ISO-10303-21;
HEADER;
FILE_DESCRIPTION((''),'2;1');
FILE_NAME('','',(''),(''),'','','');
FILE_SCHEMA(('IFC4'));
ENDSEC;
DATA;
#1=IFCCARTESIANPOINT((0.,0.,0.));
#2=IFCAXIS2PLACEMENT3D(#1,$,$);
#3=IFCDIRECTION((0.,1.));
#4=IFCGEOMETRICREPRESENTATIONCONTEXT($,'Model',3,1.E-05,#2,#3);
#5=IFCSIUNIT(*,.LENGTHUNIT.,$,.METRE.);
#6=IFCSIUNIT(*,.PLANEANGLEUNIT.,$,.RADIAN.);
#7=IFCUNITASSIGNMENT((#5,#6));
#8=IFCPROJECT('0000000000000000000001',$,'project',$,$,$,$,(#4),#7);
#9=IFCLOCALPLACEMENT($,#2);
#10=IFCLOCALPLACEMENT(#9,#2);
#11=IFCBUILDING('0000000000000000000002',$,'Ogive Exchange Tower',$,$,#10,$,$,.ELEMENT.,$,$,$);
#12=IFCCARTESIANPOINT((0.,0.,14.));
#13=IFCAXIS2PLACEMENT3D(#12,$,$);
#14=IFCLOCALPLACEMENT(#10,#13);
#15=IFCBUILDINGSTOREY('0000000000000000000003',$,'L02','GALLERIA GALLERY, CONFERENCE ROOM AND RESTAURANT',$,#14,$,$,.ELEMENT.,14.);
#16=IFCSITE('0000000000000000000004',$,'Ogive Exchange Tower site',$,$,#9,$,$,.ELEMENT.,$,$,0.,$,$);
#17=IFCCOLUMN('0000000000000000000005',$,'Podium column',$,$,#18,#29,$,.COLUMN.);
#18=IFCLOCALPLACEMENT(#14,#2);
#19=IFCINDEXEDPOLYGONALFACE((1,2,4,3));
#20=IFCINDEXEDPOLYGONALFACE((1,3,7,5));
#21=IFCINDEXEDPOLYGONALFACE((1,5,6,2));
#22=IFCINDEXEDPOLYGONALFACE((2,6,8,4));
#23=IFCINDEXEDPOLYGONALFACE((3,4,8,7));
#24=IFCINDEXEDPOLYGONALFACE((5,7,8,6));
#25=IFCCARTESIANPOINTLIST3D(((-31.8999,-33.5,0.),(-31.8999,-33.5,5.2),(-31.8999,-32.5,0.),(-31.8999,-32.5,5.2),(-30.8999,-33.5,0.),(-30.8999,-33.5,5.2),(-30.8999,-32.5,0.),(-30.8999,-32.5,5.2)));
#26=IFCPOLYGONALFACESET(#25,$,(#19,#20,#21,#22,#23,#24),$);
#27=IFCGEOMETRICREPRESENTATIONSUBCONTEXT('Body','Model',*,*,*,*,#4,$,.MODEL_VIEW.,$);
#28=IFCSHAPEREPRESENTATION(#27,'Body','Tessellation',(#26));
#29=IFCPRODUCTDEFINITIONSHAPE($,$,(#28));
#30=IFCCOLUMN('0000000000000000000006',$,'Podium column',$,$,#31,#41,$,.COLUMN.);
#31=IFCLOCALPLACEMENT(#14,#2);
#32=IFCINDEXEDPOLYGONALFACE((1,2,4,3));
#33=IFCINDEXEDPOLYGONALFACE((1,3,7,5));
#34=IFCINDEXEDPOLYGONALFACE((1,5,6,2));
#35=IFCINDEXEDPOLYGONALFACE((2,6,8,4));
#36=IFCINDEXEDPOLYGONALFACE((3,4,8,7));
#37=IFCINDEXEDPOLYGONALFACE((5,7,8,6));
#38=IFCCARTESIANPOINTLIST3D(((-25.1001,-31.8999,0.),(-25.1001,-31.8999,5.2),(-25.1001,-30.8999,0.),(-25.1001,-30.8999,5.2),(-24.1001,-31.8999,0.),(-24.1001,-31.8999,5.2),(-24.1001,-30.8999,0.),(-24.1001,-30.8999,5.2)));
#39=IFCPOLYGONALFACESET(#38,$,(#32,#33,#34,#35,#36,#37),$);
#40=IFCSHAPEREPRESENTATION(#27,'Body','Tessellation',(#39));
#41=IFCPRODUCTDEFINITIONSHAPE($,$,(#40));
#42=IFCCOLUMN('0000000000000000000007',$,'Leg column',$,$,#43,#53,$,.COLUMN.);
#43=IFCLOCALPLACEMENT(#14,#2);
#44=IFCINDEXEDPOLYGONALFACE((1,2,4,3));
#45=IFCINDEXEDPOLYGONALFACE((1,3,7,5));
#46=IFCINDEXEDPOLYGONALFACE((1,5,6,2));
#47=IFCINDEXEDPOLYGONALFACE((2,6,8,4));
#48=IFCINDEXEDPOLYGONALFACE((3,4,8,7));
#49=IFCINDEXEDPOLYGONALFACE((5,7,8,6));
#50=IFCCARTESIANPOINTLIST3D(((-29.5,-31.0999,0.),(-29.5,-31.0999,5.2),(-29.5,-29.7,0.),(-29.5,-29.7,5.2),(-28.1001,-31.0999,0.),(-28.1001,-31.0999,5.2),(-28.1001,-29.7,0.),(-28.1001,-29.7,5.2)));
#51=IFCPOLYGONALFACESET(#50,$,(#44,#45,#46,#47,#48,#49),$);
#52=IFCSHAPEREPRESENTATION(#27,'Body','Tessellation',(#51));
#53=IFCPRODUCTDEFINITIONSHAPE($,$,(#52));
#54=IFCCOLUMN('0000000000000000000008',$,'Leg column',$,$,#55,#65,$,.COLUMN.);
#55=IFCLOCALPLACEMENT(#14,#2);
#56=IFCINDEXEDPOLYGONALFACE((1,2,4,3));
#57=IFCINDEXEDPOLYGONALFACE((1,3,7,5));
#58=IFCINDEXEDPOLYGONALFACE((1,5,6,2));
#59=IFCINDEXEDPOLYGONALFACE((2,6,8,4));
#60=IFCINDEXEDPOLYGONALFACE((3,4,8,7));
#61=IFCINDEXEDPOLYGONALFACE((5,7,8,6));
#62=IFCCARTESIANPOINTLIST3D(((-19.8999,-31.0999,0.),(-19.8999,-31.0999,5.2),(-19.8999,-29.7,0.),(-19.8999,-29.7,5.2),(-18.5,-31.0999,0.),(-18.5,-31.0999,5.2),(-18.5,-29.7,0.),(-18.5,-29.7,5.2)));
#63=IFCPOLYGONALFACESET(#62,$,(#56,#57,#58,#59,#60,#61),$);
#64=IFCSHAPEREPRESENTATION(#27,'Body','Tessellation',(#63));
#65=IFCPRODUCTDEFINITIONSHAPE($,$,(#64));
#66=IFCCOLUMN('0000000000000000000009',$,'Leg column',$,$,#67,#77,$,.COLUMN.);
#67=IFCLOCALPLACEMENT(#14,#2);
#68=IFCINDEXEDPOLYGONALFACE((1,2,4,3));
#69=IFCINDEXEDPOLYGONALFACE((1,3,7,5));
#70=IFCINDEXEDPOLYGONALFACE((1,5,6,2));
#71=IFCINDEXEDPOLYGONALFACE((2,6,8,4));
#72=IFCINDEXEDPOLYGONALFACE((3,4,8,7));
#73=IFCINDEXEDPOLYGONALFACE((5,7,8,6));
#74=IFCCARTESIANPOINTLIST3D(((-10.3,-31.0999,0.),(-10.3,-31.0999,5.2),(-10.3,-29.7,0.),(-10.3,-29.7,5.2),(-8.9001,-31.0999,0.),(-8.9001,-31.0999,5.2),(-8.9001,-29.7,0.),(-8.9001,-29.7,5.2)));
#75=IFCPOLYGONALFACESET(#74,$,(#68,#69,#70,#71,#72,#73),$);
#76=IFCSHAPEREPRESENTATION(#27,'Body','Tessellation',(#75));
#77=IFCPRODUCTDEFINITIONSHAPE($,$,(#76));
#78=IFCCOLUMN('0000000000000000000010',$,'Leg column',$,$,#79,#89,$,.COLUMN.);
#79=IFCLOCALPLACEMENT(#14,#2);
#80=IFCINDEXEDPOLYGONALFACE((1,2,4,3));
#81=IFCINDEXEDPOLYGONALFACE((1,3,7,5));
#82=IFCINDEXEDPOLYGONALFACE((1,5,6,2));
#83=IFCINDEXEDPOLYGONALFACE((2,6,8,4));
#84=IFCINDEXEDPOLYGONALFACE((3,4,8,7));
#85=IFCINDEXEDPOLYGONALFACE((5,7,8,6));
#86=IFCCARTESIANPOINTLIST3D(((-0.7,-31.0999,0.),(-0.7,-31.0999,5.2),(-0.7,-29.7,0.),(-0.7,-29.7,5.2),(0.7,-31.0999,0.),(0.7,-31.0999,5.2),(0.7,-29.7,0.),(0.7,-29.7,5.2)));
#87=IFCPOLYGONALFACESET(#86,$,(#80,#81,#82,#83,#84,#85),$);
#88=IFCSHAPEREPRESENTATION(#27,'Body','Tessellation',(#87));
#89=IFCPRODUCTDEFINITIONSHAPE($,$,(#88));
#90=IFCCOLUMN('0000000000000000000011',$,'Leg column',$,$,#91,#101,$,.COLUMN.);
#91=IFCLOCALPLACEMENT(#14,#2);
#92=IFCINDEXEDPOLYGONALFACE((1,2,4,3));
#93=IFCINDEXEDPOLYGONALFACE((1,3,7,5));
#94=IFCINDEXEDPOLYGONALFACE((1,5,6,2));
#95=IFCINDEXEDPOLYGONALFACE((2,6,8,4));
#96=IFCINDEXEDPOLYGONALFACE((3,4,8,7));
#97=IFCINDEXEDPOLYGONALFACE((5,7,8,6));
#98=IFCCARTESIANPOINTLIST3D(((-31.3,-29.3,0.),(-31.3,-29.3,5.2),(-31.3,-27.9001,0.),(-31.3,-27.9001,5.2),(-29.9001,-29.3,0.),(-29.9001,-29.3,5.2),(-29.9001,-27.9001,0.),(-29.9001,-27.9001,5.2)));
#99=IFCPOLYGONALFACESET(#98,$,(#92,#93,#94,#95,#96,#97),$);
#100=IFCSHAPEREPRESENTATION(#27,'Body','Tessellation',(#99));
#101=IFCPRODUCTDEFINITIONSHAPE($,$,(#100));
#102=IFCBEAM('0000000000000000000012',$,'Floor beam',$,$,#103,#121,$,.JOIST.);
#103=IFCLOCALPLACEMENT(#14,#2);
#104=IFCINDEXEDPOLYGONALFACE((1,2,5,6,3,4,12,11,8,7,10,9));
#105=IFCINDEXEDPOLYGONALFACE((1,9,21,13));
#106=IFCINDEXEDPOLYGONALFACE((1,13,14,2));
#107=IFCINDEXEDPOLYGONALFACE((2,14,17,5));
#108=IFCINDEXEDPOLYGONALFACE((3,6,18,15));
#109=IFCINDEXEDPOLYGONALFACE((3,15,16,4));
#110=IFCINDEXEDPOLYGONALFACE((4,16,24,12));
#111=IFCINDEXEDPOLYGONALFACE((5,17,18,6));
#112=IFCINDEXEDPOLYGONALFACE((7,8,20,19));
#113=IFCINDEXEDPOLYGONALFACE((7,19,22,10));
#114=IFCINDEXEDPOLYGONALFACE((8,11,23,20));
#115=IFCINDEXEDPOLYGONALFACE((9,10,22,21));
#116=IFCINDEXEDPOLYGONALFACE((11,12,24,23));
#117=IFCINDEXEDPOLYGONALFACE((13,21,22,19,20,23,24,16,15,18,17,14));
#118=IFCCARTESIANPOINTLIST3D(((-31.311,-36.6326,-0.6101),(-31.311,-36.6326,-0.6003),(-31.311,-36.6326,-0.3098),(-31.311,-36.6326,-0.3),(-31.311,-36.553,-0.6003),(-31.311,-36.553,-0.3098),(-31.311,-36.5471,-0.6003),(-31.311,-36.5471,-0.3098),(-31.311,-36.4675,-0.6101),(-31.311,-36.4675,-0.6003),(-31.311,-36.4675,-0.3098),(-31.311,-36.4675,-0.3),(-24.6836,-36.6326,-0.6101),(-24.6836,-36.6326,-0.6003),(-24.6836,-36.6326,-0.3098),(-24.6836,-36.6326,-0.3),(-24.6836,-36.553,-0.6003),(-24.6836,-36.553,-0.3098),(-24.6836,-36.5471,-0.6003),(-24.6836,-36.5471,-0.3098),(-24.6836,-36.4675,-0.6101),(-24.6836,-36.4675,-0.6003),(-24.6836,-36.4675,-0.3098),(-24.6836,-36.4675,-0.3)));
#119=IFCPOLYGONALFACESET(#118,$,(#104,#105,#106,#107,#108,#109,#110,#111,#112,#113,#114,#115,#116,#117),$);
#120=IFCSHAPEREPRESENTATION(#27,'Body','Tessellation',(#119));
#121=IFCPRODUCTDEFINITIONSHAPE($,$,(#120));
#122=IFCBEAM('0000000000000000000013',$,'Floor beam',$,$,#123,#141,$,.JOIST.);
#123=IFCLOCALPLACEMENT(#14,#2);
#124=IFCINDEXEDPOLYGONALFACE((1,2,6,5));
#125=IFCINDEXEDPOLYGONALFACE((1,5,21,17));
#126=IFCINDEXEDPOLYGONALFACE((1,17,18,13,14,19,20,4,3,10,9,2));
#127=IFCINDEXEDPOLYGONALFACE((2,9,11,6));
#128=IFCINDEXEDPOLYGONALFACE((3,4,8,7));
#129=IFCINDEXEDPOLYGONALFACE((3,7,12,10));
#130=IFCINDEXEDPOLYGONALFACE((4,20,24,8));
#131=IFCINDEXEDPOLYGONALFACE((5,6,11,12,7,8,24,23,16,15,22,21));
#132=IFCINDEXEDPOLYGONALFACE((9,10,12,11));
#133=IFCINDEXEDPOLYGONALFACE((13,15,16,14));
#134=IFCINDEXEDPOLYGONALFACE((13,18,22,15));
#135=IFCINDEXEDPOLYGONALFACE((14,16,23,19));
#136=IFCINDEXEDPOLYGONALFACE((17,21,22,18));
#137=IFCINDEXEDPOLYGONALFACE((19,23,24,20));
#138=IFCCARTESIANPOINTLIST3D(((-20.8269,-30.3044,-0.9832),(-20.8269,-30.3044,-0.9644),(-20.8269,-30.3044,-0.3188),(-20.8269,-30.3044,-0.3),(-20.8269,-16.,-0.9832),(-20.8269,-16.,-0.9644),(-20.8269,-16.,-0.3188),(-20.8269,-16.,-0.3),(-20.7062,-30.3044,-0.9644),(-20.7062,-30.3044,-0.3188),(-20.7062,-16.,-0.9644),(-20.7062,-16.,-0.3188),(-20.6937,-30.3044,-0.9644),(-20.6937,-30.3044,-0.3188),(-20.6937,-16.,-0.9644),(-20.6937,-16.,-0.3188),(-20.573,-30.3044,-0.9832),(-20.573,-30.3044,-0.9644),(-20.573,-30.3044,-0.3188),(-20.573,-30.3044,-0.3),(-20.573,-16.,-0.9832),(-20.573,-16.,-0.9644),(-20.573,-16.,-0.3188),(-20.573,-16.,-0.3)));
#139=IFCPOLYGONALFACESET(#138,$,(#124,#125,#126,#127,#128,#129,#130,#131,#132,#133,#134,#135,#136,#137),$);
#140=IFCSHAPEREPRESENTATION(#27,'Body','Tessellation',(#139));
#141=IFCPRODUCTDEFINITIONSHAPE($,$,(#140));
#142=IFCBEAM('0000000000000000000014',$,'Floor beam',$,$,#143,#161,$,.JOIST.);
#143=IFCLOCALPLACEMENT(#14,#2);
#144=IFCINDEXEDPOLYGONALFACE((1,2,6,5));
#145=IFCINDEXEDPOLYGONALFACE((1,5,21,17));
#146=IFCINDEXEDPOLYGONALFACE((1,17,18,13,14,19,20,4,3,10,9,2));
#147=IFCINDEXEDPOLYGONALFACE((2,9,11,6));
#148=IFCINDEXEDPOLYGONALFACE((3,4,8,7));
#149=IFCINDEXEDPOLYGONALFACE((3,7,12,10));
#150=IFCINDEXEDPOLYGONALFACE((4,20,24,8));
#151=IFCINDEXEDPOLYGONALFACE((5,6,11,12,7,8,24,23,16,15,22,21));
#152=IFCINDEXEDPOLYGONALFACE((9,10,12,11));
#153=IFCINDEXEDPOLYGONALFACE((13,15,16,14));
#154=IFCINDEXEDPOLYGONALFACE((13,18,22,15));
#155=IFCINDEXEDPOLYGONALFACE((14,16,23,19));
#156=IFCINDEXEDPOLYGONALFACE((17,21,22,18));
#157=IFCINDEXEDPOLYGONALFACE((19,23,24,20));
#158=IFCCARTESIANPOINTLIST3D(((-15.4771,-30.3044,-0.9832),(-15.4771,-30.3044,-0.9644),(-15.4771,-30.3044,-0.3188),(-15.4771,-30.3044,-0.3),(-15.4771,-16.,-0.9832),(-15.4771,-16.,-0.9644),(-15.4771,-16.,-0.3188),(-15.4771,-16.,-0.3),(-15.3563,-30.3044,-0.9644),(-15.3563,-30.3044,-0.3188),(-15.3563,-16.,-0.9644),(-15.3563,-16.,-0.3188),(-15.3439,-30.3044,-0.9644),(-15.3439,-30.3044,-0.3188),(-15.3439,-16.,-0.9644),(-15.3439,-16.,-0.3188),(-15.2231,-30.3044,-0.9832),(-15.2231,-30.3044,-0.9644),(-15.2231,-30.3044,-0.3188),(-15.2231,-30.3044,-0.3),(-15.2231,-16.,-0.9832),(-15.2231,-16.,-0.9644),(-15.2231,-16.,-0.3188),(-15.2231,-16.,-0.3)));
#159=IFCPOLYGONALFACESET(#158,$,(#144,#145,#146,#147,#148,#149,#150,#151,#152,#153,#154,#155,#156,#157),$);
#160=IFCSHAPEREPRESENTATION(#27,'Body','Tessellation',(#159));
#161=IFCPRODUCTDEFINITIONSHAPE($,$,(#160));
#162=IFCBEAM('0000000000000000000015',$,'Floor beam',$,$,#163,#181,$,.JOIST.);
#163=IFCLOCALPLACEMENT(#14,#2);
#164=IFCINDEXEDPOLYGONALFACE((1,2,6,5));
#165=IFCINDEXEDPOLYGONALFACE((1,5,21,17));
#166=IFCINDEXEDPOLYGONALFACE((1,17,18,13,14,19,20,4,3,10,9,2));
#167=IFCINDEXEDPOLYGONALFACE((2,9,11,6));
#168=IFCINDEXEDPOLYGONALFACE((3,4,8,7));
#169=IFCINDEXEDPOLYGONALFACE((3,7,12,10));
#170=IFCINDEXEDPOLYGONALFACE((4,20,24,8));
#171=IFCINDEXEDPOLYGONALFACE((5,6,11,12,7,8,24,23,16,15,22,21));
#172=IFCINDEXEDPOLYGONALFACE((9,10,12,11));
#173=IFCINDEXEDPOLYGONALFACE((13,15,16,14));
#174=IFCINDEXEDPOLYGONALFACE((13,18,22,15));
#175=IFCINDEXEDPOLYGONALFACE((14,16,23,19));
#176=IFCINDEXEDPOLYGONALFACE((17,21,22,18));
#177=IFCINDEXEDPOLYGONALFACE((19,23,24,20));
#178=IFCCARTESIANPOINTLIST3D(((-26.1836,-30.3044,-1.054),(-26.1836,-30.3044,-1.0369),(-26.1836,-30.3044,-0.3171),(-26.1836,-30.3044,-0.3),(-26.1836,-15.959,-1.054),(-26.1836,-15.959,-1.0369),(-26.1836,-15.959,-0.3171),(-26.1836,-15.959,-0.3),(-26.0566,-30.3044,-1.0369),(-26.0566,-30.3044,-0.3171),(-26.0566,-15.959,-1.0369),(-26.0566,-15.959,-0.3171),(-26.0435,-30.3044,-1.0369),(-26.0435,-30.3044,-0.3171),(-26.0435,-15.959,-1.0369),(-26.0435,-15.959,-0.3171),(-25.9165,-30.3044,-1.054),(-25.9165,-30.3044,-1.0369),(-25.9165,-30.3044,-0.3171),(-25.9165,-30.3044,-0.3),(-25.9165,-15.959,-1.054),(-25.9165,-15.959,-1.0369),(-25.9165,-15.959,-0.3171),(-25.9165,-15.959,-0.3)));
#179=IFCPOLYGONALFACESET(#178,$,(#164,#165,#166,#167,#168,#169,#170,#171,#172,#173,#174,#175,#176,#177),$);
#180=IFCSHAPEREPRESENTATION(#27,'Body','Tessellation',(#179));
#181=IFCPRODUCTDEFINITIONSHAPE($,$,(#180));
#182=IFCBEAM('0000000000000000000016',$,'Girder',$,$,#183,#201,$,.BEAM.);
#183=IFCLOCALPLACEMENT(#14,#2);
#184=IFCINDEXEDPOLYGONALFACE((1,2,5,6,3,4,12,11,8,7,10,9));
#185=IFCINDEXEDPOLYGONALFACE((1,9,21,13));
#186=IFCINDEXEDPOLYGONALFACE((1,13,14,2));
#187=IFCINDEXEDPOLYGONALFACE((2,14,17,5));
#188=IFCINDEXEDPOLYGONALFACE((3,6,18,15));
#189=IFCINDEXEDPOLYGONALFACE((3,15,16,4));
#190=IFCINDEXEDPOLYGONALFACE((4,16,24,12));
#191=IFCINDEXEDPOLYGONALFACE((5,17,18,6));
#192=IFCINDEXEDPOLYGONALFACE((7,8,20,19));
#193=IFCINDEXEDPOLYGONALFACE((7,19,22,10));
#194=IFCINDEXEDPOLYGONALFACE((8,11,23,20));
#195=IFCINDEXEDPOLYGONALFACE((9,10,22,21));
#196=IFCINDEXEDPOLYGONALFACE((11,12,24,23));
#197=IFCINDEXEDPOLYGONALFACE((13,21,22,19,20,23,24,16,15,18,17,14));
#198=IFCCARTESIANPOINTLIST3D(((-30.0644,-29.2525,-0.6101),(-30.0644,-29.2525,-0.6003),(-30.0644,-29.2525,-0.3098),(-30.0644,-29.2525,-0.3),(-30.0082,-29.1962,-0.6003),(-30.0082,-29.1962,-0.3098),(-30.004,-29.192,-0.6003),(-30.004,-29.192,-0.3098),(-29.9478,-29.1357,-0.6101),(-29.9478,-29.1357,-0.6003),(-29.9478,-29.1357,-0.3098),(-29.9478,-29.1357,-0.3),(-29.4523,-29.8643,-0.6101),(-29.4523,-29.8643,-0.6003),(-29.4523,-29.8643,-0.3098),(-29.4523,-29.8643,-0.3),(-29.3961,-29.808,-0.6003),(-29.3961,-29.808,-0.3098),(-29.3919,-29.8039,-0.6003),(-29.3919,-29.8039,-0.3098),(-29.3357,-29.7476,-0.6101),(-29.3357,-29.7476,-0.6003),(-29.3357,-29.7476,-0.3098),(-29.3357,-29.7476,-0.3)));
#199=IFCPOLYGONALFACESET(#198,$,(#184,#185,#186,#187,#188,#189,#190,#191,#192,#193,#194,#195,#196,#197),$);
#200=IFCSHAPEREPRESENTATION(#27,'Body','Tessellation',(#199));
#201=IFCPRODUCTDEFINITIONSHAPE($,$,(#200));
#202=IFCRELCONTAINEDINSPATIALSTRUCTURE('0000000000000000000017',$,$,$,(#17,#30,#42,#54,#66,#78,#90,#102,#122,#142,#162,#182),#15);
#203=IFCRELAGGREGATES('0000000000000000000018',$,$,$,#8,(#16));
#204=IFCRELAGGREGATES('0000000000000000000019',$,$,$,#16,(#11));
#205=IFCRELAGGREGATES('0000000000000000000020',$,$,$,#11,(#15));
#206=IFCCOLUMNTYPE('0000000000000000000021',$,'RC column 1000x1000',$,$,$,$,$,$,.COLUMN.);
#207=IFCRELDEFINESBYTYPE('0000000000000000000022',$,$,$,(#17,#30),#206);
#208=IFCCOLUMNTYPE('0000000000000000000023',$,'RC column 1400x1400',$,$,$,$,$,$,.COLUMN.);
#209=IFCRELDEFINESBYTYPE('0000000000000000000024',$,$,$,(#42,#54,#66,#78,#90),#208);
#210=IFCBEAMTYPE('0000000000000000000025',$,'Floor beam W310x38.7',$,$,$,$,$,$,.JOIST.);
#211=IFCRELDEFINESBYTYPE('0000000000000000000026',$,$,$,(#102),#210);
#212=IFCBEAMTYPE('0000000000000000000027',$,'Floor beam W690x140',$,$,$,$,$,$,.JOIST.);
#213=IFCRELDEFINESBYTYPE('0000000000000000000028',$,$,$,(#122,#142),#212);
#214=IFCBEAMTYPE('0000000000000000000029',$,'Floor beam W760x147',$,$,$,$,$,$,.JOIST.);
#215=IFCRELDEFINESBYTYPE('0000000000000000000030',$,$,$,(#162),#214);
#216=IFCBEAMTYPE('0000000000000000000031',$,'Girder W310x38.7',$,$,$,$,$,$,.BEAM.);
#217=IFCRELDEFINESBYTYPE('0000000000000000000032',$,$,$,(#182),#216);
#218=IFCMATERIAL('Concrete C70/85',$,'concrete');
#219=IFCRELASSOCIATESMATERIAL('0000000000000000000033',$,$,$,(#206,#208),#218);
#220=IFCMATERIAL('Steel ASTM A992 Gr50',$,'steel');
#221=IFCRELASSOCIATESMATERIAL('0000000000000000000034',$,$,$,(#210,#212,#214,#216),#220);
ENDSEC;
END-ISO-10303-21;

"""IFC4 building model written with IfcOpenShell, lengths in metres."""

from ifc_helpers import new_model, si_unit, direction, frame, origin, origin_2d, place, context, subcontext, project, spatial, rectangle, i_section, extrude, material, material_profile, profile_set, type_object, element, save


model = new_model("IFC4")

# Units and contexts
model_context = context("Model", 3, precision=1e-05, world=origin(), true_north=direction((0.0, 1.0)))
body_context = subcontext(model_context, "Body", "Model", "MODEL_VIEW")
ifc_project = project(units=[si_unit("LENGTHUNIT", "METRE"), si_unit("PLANEANGLEUNIT", "RADIAN")], contexts=[model_context])

# Site, building, storey
site_placement = place(None, origin())
site = spatial("IfcSite", under=ifc_project, at=site_placement, Name="Ogive Exchange Tower site", CompositionType="ELEMENT", RefElevation=0.0)
building_placement = place(site_placement, origin())
building = spatial("IfcBuilding", under=site, at=building_placement, Name="Ogive Exchange Tower", CompositionType="ELEMENT")
storey_placement = place(building_placement, frame((0.0, 0.0, 14.0)))
storey = spatial("IfcBuildingStorey", under=building, at=storey_placement, Name="L02", Description="GALLERIA GALLERY, CONFERENCE ROOM AND RESTAURANT", CompositionType="ELEMENT", Elevation=14.0)

# Columns
ifc_material_1 = material(Name="Concrete C70/85", Category="concrete")
ifc_material_profile_1 = material_profile(ifc_material_1, rectangle(XDim=1.0, YDim=1.0, at=origin_2d()), Name="RC 1000x1000")
ifc_profile_set_1 = profile_set([ifc_material_profile_1], Name="Concrete C70/85")
column_type_1 = type_object("IfcColumnType", Name="RC column 1000x1000", PredefinedType="COLUMN", material=ifc_profile_set_1)
for number, where, z_axis, x_axis, name in (
    (1, (-31.3999, -33.0, 0.0), (0.0, 0.0, 1.0), (1.0, 0.0, 0.0), "Podium column"),
    (2, (-24.6001, -31.3999, 0.0), (0.0, 0.0, 1.0), (1.0, 0.0, 0.0), "Podium column"),
):
    element("IfcColumn", number, at=place(storey_placement, frame(where, z_axis=z_axis, x_axis=x_axis)), inside=storey, type_object=column_type_1, Name=name, PredefinedType="COLUMN", context=body_context, shape_type="SweptSolid", body=[
        extrude(rectangle(XDim=1.0, YDim=1.0, at=origin_2d()), origin(), (0.0, 0.0, 1.0), 5.2),
    ])
ifc_material_profile_2 = material_profile(ifc_material_1, rectangle(XDim=1.3999, YDim=1.3999, at=origin_2d()), Name="RC 1400x1400")
ifc_profile_set_2 = profile_set([ifc_material_profile_2], Name="Concrete C70/85")
column_type_2 = type_object("IfcColumnType", Name="RC column 1400x1400", PredefinedType="COLUMN", material=ifc_profile_set_2)
for number, where, z_axis, x_axis, name in (
    (3, (-28.8, -30.3999, 0.0), (0.0, 0.0, 1.0), (1.0, 0.0, 0.0), "Leg column"),
    (4, (-19.2, -30.3999, 0.0), (0.0, 0.0, 1.0), (1.0, 0.0, 0.0), "Leg column"),
    (5, (-9.6001, -30.3999, 0.0), (0.0, 0.0, 1.0), (1.0, 0.0, 0.0), "Leg column"),
    (6, (0.0, -30.3999, 0.0), (0.0, 0.0, 1.0), (1.0, 0.0, 0.0), "Leg column"),
    (7, (-30.6001, -28.6001, 0.0), (0.0, 0.0, 1.0), (1.0, 0.0, 0.0), "Leg column"),
):
    element("IfcColumn", number, at=place(storey_placement, frame(where, z_axis=z_axis, x_axis=x_axis)), inside=storey, type_object=column_type_2, Name=name, PredefinedType="COLUMN", context=body_context, shape_type="SweptSolid", body=[
        extrude(rectangle(XDim=1.3999, YDim=1.3999, at=origin_2d()), origin(), (0.0, 0.0, 1.0), 5.2),
    ])

# Beams
ifc_material_2 = material(Name="Steel ASTM A992 Gr50", Category="steel")
ifc_material_profile_3 = material_profile(ifc_material_2, i_section(OverallWidth=0.165, OverallDepth=0.3101, WebThickness=0.0059, FlangeThickness=0.0098, at=origin_2d()), Name="W310x38.7")
ifc_profile_set_3 = profile_set([ifc_material_profile_3], Name="Steel ASTM A992 Gr50")
beam_type_1 = type_object("IfcBeamType", Name="Floor beam W310x38.7", PredefinedType="JOIST", material=ifc_profile_set_3)
beam_1_placement = place(storey_placement, frame((-31.311, -36.55, -0.4551), z_axis=(1.0, 0.0, 0.0), x_axis=(0.0, 1.0, 0.0)))
element("IfcBeam", 8, at=beam_1_placement, inside=storey, type_object=beam_type_1, Name="Floor beam", PredefinedType="JOIST", context=body_context, shape_type="SweptSolid", body=[
    extrude(i_section(OverallWidth=0.165, OverallDepth=0.3101, WebThickness=0.0059, FlangeThickness=0.0098, at=origin_2d()), origin(), (0.0, 0.0, 1.0), 6.6274),
])
ifc_material_profile_4 = material_profile(ifc_material_2, i_section(OverallWidth=0.2539, OverallDepth=0.6831, WebThickness=0.0125, FlangeThickness=0.0188, at=origin_2d()), Name="W690x140")
ifc_profile_set_4 = profile_set([ifc_material_profile_4], Name="Steel ASTM A992 Gr50")
beam_type_2 = type_object("IfcBeamType", Name="Floor beam W690x140", PredefinedType="JOIST", material=ifc_profile_set_4)
for number, where, z_axis, x_axis, name in (
    (9, (-20.7, -30.3044, -0.6416), (0.0, 1.0, 0.0), (-1.0, 0.0, 0.0), "Floor beam"),
    (10, (-15.3501, -30.3044, -0.6416), (0.0, 1.0, 0.0), (-1.0, 0.0, 0.0), "Floor beam"),
):
    element("IfcBeam", number, at=place(storey_placement, frame(where, z_axis=z_axis, x_axis=x_axis)), inside=storey, type_object=beam_type_2, Name=name, PredefinedType="JOIST", context=body_context, shape_type="SweptSolid", body=[
        extrude(i_section(OverallWidth=0.2539, OverallDepth=0.6831, WebThickness=0.0125, FlangeThickness=0.0188, at=origin_2d()), origin(), (0.0, 0.0, 1.0), 14.3044),
    ])
ifc_material_profile_5 = material_profile(ifc_material_2, i_section(OverallWidth=0.2671, OverallDepth=0.7539, WebThickness=0.0132, FlangeThickness=0.0171, at=origin_2d()), Name="W760x147")
ifc_profile_set_5 = profile_set([ifc_material_profile_5], Name="Steel ASTM A992 Gr50")
beam_type_3 = type_object("IfcBeamType", Name="Floor beam W760x147", PredefinedType="JOIST", material=ifc_profile_set_5)
beam_2_placement = place(storey_placement, frame((-26.05, -30.3044, -0.677), z_axis=(0.0, 1.0, 0.0), x_axis=(-1.0, 0.0, 0.0)))
element("IfcBeam", 11, at=beam_2_placement, inside=storey, type_object=beam_type_3, Name="Floor beam", PredefinedType="JOIST", context=body_context, shape_type="SweptSolid", body=[
    extrude(i_section(OverallWidth=0.2671, OverallDepth=0.7539, WebThickness=0.0132, FlangeThickness=0.0171, at=origin_2d()), origin(), (0.0, 0.0, 1.0), 14.3455),
])
ifc_material_profile_6 = material_profile(ifc_material_2, i_section(OverallWidth=0.165, OverallDepth=0.3101, WebThickness=0.0059, FlangeThickness=0.0098, at=origin_2d()), Name="W310x38.7")
ifc_profile_set_6 = profile_set([ifc_material_profile_6], Name="Steel ASTM A992 Gr50")
beam_type_4 = type_object("IfcBeamType", Name="Girder W310x38.7", PredefinedType="BEAM", material=ifc_profile_set_6)
beam_3_placement = place(storey_placement, frame((-30.0061, -29.1941, -0.4551), z_axis=(0.707248, -0.706966, 0.0), x_axis=(0.706966, 0.707248, 0.0)))
element("IfcBeam", 12, at=beam_3_placement, inside=storey, type_object=beam_type_4, Name="Girder", PredefinedType="BEAM", context=body_context, shape_type="SweptSolid", body=[
    extrude(i_section(OverallWidth=0.165, OverallDepth=0.3101, WebThickness=0.0059, FlangeThickness=0.0098, at=origin_2d()), origin(), (0.0, 0.0, 1.0), 0.8655),
])

save(model, "model.ifc")
